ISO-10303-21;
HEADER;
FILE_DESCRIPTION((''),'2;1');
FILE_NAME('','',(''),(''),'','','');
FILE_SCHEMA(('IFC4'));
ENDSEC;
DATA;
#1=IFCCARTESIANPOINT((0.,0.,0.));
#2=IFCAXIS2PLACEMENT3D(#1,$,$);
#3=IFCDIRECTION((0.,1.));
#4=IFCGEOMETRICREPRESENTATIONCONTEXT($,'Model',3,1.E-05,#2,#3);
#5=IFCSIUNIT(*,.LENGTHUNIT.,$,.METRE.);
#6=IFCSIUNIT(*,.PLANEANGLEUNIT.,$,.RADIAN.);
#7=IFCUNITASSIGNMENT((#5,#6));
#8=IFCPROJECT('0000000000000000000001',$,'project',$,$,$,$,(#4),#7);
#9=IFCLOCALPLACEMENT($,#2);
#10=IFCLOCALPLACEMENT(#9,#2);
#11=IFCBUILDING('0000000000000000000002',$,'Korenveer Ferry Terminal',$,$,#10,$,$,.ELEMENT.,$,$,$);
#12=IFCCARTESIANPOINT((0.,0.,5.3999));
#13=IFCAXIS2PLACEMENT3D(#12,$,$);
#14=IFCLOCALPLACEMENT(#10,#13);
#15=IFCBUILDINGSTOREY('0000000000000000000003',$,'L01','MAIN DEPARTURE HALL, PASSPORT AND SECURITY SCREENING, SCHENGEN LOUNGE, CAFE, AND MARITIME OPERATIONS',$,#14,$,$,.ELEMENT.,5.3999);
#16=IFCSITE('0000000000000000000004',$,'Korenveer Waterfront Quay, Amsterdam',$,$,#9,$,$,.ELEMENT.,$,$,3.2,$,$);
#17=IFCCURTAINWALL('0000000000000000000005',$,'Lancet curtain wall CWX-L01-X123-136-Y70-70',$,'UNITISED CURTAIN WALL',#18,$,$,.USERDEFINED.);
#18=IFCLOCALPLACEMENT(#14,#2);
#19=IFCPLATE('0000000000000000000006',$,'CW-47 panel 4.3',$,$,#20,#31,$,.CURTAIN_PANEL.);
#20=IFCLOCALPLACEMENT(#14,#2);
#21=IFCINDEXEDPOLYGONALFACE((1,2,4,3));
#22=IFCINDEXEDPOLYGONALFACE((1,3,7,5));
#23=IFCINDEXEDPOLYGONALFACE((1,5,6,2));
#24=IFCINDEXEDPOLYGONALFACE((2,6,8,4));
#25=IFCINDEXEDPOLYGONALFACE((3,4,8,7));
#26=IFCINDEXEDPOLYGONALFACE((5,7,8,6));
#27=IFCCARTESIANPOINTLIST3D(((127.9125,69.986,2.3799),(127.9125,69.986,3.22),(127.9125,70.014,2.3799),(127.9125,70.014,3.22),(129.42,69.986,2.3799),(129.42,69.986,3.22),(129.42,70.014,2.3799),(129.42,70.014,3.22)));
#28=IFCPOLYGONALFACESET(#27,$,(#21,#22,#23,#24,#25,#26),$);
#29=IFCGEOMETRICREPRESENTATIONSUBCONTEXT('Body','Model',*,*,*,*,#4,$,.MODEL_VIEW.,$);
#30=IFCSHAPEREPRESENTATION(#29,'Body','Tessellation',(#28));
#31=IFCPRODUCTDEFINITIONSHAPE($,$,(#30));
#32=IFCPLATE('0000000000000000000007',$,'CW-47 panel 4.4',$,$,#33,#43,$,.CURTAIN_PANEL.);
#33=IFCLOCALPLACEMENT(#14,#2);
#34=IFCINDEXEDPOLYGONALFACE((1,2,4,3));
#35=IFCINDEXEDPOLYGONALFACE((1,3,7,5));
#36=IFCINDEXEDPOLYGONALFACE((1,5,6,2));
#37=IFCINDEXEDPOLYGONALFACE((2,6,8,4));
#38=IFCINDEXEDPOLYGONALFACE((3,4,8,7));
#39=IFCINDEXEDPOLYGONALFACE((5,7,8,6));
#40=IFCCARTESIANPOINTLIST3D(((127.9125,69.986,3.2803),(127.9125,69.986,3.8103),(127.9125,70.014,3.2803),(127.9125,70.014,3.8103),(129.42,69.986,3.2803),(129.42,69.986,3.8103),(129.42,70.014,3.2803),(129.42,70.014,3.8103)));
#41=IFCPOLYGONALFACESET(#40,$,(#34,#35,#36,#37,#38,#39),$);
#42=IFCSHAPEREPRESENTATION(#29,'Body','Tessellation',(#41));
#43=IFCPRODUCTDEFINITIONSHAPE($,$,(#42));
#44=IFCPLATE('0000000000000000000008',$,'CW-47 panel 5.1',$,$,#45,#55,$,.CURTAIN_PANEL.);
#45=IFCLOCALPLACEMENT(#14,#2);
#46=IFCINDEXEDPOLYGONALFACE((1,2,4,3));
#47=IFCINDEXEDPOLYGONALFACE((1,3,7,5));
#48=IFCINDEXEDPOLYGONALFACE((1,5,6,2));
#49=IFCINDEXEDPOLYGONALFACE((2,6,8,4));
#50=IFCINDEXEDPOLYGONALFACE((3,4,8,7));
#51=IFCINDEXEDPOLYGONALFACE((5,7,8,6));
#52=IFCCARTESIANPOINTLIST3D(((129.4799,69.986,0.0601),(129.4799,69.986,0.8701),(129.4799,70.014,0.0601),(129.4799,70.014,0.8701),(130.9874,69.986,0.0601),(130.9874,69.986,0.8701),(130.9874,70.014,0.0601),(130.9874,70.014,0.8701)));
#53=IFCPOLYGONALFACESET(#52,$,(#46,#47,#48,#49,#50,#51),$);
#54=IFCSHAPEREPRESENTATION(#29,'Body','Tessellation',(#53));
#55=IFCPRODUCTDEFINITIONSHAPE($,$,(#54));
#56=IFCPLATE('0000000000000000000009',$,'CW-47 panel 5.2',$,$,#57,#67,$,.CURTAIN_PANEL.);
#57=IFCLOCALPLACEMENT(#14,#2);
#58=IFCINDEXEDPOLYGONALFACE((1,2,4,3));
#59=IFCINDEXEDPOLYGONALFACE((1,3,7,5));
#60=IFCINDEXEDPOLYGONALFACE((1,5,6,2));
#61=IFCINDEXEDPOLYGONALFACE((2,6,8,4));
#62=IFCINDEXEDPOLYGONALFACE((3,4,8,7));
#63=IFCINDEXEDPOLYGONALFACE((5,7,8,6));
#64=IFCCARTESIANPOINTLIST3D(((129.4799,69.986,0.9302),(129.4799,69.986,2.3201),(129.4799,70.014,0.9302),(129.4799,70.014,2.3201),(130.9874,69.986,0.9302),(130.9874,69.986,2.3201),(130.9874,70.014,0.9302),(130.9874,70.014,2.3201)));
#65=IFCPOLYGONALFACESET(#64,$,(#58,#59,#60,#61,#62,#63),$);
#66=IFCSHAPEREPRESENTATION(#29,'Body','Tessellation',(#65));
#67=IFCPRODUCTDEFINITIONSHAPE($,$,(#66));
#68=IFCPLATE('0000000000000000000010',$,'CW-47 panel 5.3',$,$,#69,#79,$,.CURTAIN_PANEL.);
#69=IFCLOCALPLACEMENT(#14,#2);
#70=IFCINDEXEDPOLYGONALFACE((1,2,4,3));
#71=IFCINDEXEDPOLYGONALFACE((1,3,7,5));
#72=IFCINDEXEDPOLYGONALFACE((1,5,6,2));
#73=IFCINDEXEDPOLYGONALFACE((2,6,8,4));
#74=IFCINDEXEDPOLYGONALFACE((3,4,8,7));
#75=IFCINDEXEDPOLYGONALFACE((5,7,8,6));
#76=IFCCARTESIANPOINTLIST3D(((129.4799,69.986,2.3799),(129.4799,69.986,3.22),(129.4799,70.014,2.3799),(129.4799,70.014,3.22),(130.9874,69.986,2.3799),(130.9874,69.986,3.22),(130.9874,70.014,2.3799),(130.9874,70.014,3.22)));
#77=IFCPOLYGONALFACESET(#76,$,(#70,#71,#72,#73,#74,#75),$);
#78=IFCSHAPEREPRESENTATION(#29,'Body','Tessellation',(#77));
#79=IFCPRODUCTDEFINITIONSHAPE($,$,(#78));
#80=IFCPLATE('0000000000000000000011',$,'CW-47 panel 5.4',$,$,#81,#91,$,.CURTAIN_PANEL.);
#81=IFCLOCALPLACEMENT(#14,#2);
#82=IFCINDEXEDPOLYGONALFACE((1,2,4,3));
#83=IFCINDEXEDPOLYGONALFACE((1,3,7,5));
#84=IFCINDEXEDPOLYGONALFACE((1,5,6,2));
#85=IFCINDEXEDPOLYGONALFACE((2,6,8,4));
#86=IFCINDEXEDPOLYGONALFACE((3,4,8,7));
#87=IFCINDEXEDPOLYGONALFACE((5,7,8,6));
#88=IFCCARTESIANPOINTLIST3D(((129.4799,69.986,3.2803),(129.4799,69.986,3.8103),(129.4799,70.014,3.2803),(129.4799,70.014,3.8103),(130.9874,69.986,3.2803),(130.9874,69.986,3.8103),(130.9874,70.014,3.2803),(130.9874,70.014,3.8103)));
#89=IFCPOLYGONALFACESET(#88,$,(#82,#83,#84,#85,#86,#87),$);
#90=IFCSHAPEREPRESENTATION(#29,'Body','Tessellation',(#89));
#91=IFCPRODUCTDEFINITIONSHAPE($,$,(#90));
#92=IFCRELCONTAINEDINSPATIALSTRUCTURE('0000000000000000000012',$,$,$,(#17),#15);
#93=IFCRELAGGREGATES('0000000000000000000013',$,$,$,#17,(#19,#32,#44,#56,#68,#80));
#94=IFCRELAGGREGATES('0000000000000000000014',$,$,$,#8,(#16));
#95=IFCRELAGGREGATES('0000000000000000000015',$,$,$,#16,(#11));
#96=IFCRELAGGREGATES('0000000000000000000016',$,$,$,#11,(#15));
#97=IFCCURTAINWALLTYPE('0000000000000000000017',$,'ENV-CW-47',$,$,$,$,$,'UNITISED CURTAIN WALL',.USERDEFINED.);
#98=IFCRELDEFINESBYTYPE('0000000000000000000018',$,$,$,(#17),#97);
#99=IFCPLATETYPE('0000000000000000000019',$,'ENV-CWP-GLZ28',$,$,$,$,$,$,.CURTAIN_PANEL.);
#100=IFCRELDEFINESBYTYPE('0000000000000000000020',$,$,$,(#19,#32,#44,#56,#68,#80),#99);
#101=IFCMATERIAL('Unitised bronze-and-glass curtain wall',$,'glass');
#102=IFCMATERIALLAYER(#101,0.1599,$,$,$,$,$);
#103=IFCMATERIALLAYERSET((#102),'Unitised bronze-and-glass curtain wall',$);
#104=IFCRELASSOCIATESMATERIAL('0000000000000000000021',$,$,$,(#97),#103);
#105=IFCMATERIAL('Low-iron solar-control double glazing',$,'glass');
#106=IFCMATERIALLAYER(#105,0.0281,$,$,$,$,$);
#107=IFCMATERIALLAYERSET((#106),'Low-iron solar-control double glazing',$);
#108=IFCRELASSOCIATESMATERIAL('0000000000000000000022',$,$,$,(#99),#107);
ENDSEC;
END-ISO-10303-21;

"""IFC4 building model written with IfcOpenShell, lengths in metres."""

from ifc_helpers import new_model, si_unit, direction, frame, origin, origin_2d, place, context, subcontext, project, spatial, rectangle, extrude, material, layer, layer_set, type_object, element, aggregate, save


model = new_model("IFC4")

# Units and contexts
model_context = context("Model", 3, precision=1e-05, world=origin(), true_north=direction((0.0, 1.0)))
body_context = subcontext(model_context, "Body", "Model", "MODEL_VIEW")
ifc_project = project(units=[si_unit("LENGTHUNIT", "METRE"), si_unit("PLANEANGLEUNIT", "RADIAN")], contexts=[model_context])

# Site, building, storey
site_placement = place(None, origin())
site = spatial("IfcSite", under=ifc_project, at=site_placement, Name="Korenveer Waterfront Quay, Amsterdam", CompositionType="ELEMENT", RefElevation=3.2)
building_placement = place(site_placement, origin())
building = spatial("IfcBuilding", under=site, at=building_placement, Name="Korenveer Ferry Terminal", CompositionType="ELEMENT")
storey_placement = place(building_placement, frame((0.0, 0.0, 5.3999)))
storey = spatial("IfcBuildingStorey", under=building, at=storey_placement, Name="L01", Description="MAIN DEPARTURE HALL, PASSPORT AND SECURITY SCREENING, SCHENGEN LOUNGE, CAFE, AND MARITIME OPERATIONS", CompositionType="ELEMENT", Elevation=5.3999)

# Curtain wall, plates
ifc_material_1 = material(Name="Unitised bronze-and-glass curtain wall", Category="glass")
ifc_layer_1 = layer(ifc_material_1, 0.1599)
ifc_layer_set_1 = layer_set([ifc_layer_1], Name="Unitised bronze-and-glass curtain wall")
curtain_wall_type = type_object("IfcCurtainWallType", Name="ENV-CW-47", ElementType="UNITISED CURTAIN WALL", PredefinedType="USERDEFINED", material=ifc_layer_set_1)
curtain_wall_placement = place(storey_placement, frame((123.1799, 70.0, 0.0)))
curtain_wall = element("IfcCurtainWall", 1, at=curtain_wall_placement, inside=storey, type_object=curtain_wall_type, Name="Lancet curtain wall CWX-L01-X123-136-Y70-70", ObjectType="UNITISED CURTAIN WALL", PredefinedType="USERDEFINED")
ifc_material_2 = material(Name="Low-iron solar-control double glazing", Category="glass")
ifc_layer_2 = layer(ifc_material_2, 0.0281)
ifc_layer_set_2 = layer_set([ifc_layer_2], Name="Low-iron solar-control double glazing")
plate_type = type_object("IfcPlateType", Name="ENV-CWP-GLZ28", PredefinedType="CURTAIN_PANEL", material=ifc_layer_set_2)
plate_1_placement = place(storey_placement, frame((128.6663, 70.0, 2.3799), z_axis=(0.0, 0.0, 1.0), x_axis=(1.0, 0.0, 0.0)))
plate_1 = element("IfcPlate", 2, at=plate_1_placement, type_object=plate_type, Name="CW-47 panel 4.3", PredefinedType="CURTAIN_PANEL", context=body_context, shape_type="SweptSolid", body=[
    extrude(rectangle(XDim=1.5076, YDim=0.0281, at=origin_2d()), origin(), (0.0, 0.0, 1.0), 0.8401),
])
plate_2_placement = place(storey_placement, frame((128.6663, 70.0, 3.2803), z_axis=(0.0, 0.0, 1.0), x_axis=(1.0, 0.0, 0.0)))
plate_2 = element("IfcPlate", 3, at=plate_2_placement, type_object=plate_type, Name="CW-47 panel 4.4", PredefinedType="CURTAIN_PANEL", context=body_context, shape_type="SweptSolid", body=[
    extrude(rectangle(XDim=1.5076, YDim=0.0281, at=origin_2d()), origin(), (0.0, 0.0, 1.0), 0.53),
])
plate_3_placement = place(storey_placement, frame((130.2336, 70.0, 0.0601), z_axis=(0.0, 0.0, 1.0), x_axis=(1.0, 0.0, 0.0)))
plate_3 = element("IfcPlate", 4, at=plate_3_placement, type_object=plate_type, Name="CW-47 panel 5.1", PredefinedType="CURTAIN_PANEL", context=body_context, shape_type="SweptSolid", body=[
    extrude(rectangle(XDim=1.5076, YDim=0.0281, at=origin_2d()), origin(), (0.0, 0.0, 1.0), 0.8101),
])
plate_4_placement = place(storey_placement, frame((130.2336, 70.0, 0.9302), z_axis=(0.0, 0.0, 1.0), x_axis=(1.0, 0.0, 0.0)))
plate_4 = element("IfcPlate", 5, at=plate_4_placement, type_object=plate_type, Name="CW-47 panel 5.2", PredefinedType="CURTAIN_PANEL", context=body_context, shape_type="SweptSolid", body=[
    extrude(rectangle(XDim=1.5076, YDim=0.0281, at=origin_2d()), origin(), (0.0, 0.0, 1.0), 1.3899),
])
plate_5_placement = place(storey_placement, frame((130.2336, 70.0, 2.3799), z_axis=(0.0, 0.0, 1.0), x_axis=(1.0, 0.0, 0.0)))
plate_5 = element("IfcPlate", 6, at=plate_5_placement, type_object=plate_type, Name="CW-47 panel 5.3", PredefinedType="CURTAIN_PANEL", context=body_context, shape_type="SweptSolid", body=[
    extrude(rectangle(XDim=1.5076, YDim=0.0281, at=origin_2d()), origin(), (0.0, 0.0, 1.0), 0.8401),
])
plate_6_placement = place(storey_placement, frame((130.2336, 70.0, 3.2803), z_axis=(0.0, 0.0, 1.0), x_axis=(1.0, 0.0, 0.0)))
plate_6 = element("IfcPlate", 7, at=plate_6_placement, type_object=plate_type, Name="CW-47 panel 5.4", PredefinedType="CURTAIN_PANEL", context=body_context, shape_type="SweptSolid", body=[
    extrude(rectangle(XDim=1.5076, YDim=0.0281, at=origin_2d()), origin(), (0.0, 0.0, 1.0), 0.53),
])
aggregate(curtain_wall, [plate_1, plate_2, plate_3, plate_4, plate_5, plate_6])

save(model, "model.ifc")
